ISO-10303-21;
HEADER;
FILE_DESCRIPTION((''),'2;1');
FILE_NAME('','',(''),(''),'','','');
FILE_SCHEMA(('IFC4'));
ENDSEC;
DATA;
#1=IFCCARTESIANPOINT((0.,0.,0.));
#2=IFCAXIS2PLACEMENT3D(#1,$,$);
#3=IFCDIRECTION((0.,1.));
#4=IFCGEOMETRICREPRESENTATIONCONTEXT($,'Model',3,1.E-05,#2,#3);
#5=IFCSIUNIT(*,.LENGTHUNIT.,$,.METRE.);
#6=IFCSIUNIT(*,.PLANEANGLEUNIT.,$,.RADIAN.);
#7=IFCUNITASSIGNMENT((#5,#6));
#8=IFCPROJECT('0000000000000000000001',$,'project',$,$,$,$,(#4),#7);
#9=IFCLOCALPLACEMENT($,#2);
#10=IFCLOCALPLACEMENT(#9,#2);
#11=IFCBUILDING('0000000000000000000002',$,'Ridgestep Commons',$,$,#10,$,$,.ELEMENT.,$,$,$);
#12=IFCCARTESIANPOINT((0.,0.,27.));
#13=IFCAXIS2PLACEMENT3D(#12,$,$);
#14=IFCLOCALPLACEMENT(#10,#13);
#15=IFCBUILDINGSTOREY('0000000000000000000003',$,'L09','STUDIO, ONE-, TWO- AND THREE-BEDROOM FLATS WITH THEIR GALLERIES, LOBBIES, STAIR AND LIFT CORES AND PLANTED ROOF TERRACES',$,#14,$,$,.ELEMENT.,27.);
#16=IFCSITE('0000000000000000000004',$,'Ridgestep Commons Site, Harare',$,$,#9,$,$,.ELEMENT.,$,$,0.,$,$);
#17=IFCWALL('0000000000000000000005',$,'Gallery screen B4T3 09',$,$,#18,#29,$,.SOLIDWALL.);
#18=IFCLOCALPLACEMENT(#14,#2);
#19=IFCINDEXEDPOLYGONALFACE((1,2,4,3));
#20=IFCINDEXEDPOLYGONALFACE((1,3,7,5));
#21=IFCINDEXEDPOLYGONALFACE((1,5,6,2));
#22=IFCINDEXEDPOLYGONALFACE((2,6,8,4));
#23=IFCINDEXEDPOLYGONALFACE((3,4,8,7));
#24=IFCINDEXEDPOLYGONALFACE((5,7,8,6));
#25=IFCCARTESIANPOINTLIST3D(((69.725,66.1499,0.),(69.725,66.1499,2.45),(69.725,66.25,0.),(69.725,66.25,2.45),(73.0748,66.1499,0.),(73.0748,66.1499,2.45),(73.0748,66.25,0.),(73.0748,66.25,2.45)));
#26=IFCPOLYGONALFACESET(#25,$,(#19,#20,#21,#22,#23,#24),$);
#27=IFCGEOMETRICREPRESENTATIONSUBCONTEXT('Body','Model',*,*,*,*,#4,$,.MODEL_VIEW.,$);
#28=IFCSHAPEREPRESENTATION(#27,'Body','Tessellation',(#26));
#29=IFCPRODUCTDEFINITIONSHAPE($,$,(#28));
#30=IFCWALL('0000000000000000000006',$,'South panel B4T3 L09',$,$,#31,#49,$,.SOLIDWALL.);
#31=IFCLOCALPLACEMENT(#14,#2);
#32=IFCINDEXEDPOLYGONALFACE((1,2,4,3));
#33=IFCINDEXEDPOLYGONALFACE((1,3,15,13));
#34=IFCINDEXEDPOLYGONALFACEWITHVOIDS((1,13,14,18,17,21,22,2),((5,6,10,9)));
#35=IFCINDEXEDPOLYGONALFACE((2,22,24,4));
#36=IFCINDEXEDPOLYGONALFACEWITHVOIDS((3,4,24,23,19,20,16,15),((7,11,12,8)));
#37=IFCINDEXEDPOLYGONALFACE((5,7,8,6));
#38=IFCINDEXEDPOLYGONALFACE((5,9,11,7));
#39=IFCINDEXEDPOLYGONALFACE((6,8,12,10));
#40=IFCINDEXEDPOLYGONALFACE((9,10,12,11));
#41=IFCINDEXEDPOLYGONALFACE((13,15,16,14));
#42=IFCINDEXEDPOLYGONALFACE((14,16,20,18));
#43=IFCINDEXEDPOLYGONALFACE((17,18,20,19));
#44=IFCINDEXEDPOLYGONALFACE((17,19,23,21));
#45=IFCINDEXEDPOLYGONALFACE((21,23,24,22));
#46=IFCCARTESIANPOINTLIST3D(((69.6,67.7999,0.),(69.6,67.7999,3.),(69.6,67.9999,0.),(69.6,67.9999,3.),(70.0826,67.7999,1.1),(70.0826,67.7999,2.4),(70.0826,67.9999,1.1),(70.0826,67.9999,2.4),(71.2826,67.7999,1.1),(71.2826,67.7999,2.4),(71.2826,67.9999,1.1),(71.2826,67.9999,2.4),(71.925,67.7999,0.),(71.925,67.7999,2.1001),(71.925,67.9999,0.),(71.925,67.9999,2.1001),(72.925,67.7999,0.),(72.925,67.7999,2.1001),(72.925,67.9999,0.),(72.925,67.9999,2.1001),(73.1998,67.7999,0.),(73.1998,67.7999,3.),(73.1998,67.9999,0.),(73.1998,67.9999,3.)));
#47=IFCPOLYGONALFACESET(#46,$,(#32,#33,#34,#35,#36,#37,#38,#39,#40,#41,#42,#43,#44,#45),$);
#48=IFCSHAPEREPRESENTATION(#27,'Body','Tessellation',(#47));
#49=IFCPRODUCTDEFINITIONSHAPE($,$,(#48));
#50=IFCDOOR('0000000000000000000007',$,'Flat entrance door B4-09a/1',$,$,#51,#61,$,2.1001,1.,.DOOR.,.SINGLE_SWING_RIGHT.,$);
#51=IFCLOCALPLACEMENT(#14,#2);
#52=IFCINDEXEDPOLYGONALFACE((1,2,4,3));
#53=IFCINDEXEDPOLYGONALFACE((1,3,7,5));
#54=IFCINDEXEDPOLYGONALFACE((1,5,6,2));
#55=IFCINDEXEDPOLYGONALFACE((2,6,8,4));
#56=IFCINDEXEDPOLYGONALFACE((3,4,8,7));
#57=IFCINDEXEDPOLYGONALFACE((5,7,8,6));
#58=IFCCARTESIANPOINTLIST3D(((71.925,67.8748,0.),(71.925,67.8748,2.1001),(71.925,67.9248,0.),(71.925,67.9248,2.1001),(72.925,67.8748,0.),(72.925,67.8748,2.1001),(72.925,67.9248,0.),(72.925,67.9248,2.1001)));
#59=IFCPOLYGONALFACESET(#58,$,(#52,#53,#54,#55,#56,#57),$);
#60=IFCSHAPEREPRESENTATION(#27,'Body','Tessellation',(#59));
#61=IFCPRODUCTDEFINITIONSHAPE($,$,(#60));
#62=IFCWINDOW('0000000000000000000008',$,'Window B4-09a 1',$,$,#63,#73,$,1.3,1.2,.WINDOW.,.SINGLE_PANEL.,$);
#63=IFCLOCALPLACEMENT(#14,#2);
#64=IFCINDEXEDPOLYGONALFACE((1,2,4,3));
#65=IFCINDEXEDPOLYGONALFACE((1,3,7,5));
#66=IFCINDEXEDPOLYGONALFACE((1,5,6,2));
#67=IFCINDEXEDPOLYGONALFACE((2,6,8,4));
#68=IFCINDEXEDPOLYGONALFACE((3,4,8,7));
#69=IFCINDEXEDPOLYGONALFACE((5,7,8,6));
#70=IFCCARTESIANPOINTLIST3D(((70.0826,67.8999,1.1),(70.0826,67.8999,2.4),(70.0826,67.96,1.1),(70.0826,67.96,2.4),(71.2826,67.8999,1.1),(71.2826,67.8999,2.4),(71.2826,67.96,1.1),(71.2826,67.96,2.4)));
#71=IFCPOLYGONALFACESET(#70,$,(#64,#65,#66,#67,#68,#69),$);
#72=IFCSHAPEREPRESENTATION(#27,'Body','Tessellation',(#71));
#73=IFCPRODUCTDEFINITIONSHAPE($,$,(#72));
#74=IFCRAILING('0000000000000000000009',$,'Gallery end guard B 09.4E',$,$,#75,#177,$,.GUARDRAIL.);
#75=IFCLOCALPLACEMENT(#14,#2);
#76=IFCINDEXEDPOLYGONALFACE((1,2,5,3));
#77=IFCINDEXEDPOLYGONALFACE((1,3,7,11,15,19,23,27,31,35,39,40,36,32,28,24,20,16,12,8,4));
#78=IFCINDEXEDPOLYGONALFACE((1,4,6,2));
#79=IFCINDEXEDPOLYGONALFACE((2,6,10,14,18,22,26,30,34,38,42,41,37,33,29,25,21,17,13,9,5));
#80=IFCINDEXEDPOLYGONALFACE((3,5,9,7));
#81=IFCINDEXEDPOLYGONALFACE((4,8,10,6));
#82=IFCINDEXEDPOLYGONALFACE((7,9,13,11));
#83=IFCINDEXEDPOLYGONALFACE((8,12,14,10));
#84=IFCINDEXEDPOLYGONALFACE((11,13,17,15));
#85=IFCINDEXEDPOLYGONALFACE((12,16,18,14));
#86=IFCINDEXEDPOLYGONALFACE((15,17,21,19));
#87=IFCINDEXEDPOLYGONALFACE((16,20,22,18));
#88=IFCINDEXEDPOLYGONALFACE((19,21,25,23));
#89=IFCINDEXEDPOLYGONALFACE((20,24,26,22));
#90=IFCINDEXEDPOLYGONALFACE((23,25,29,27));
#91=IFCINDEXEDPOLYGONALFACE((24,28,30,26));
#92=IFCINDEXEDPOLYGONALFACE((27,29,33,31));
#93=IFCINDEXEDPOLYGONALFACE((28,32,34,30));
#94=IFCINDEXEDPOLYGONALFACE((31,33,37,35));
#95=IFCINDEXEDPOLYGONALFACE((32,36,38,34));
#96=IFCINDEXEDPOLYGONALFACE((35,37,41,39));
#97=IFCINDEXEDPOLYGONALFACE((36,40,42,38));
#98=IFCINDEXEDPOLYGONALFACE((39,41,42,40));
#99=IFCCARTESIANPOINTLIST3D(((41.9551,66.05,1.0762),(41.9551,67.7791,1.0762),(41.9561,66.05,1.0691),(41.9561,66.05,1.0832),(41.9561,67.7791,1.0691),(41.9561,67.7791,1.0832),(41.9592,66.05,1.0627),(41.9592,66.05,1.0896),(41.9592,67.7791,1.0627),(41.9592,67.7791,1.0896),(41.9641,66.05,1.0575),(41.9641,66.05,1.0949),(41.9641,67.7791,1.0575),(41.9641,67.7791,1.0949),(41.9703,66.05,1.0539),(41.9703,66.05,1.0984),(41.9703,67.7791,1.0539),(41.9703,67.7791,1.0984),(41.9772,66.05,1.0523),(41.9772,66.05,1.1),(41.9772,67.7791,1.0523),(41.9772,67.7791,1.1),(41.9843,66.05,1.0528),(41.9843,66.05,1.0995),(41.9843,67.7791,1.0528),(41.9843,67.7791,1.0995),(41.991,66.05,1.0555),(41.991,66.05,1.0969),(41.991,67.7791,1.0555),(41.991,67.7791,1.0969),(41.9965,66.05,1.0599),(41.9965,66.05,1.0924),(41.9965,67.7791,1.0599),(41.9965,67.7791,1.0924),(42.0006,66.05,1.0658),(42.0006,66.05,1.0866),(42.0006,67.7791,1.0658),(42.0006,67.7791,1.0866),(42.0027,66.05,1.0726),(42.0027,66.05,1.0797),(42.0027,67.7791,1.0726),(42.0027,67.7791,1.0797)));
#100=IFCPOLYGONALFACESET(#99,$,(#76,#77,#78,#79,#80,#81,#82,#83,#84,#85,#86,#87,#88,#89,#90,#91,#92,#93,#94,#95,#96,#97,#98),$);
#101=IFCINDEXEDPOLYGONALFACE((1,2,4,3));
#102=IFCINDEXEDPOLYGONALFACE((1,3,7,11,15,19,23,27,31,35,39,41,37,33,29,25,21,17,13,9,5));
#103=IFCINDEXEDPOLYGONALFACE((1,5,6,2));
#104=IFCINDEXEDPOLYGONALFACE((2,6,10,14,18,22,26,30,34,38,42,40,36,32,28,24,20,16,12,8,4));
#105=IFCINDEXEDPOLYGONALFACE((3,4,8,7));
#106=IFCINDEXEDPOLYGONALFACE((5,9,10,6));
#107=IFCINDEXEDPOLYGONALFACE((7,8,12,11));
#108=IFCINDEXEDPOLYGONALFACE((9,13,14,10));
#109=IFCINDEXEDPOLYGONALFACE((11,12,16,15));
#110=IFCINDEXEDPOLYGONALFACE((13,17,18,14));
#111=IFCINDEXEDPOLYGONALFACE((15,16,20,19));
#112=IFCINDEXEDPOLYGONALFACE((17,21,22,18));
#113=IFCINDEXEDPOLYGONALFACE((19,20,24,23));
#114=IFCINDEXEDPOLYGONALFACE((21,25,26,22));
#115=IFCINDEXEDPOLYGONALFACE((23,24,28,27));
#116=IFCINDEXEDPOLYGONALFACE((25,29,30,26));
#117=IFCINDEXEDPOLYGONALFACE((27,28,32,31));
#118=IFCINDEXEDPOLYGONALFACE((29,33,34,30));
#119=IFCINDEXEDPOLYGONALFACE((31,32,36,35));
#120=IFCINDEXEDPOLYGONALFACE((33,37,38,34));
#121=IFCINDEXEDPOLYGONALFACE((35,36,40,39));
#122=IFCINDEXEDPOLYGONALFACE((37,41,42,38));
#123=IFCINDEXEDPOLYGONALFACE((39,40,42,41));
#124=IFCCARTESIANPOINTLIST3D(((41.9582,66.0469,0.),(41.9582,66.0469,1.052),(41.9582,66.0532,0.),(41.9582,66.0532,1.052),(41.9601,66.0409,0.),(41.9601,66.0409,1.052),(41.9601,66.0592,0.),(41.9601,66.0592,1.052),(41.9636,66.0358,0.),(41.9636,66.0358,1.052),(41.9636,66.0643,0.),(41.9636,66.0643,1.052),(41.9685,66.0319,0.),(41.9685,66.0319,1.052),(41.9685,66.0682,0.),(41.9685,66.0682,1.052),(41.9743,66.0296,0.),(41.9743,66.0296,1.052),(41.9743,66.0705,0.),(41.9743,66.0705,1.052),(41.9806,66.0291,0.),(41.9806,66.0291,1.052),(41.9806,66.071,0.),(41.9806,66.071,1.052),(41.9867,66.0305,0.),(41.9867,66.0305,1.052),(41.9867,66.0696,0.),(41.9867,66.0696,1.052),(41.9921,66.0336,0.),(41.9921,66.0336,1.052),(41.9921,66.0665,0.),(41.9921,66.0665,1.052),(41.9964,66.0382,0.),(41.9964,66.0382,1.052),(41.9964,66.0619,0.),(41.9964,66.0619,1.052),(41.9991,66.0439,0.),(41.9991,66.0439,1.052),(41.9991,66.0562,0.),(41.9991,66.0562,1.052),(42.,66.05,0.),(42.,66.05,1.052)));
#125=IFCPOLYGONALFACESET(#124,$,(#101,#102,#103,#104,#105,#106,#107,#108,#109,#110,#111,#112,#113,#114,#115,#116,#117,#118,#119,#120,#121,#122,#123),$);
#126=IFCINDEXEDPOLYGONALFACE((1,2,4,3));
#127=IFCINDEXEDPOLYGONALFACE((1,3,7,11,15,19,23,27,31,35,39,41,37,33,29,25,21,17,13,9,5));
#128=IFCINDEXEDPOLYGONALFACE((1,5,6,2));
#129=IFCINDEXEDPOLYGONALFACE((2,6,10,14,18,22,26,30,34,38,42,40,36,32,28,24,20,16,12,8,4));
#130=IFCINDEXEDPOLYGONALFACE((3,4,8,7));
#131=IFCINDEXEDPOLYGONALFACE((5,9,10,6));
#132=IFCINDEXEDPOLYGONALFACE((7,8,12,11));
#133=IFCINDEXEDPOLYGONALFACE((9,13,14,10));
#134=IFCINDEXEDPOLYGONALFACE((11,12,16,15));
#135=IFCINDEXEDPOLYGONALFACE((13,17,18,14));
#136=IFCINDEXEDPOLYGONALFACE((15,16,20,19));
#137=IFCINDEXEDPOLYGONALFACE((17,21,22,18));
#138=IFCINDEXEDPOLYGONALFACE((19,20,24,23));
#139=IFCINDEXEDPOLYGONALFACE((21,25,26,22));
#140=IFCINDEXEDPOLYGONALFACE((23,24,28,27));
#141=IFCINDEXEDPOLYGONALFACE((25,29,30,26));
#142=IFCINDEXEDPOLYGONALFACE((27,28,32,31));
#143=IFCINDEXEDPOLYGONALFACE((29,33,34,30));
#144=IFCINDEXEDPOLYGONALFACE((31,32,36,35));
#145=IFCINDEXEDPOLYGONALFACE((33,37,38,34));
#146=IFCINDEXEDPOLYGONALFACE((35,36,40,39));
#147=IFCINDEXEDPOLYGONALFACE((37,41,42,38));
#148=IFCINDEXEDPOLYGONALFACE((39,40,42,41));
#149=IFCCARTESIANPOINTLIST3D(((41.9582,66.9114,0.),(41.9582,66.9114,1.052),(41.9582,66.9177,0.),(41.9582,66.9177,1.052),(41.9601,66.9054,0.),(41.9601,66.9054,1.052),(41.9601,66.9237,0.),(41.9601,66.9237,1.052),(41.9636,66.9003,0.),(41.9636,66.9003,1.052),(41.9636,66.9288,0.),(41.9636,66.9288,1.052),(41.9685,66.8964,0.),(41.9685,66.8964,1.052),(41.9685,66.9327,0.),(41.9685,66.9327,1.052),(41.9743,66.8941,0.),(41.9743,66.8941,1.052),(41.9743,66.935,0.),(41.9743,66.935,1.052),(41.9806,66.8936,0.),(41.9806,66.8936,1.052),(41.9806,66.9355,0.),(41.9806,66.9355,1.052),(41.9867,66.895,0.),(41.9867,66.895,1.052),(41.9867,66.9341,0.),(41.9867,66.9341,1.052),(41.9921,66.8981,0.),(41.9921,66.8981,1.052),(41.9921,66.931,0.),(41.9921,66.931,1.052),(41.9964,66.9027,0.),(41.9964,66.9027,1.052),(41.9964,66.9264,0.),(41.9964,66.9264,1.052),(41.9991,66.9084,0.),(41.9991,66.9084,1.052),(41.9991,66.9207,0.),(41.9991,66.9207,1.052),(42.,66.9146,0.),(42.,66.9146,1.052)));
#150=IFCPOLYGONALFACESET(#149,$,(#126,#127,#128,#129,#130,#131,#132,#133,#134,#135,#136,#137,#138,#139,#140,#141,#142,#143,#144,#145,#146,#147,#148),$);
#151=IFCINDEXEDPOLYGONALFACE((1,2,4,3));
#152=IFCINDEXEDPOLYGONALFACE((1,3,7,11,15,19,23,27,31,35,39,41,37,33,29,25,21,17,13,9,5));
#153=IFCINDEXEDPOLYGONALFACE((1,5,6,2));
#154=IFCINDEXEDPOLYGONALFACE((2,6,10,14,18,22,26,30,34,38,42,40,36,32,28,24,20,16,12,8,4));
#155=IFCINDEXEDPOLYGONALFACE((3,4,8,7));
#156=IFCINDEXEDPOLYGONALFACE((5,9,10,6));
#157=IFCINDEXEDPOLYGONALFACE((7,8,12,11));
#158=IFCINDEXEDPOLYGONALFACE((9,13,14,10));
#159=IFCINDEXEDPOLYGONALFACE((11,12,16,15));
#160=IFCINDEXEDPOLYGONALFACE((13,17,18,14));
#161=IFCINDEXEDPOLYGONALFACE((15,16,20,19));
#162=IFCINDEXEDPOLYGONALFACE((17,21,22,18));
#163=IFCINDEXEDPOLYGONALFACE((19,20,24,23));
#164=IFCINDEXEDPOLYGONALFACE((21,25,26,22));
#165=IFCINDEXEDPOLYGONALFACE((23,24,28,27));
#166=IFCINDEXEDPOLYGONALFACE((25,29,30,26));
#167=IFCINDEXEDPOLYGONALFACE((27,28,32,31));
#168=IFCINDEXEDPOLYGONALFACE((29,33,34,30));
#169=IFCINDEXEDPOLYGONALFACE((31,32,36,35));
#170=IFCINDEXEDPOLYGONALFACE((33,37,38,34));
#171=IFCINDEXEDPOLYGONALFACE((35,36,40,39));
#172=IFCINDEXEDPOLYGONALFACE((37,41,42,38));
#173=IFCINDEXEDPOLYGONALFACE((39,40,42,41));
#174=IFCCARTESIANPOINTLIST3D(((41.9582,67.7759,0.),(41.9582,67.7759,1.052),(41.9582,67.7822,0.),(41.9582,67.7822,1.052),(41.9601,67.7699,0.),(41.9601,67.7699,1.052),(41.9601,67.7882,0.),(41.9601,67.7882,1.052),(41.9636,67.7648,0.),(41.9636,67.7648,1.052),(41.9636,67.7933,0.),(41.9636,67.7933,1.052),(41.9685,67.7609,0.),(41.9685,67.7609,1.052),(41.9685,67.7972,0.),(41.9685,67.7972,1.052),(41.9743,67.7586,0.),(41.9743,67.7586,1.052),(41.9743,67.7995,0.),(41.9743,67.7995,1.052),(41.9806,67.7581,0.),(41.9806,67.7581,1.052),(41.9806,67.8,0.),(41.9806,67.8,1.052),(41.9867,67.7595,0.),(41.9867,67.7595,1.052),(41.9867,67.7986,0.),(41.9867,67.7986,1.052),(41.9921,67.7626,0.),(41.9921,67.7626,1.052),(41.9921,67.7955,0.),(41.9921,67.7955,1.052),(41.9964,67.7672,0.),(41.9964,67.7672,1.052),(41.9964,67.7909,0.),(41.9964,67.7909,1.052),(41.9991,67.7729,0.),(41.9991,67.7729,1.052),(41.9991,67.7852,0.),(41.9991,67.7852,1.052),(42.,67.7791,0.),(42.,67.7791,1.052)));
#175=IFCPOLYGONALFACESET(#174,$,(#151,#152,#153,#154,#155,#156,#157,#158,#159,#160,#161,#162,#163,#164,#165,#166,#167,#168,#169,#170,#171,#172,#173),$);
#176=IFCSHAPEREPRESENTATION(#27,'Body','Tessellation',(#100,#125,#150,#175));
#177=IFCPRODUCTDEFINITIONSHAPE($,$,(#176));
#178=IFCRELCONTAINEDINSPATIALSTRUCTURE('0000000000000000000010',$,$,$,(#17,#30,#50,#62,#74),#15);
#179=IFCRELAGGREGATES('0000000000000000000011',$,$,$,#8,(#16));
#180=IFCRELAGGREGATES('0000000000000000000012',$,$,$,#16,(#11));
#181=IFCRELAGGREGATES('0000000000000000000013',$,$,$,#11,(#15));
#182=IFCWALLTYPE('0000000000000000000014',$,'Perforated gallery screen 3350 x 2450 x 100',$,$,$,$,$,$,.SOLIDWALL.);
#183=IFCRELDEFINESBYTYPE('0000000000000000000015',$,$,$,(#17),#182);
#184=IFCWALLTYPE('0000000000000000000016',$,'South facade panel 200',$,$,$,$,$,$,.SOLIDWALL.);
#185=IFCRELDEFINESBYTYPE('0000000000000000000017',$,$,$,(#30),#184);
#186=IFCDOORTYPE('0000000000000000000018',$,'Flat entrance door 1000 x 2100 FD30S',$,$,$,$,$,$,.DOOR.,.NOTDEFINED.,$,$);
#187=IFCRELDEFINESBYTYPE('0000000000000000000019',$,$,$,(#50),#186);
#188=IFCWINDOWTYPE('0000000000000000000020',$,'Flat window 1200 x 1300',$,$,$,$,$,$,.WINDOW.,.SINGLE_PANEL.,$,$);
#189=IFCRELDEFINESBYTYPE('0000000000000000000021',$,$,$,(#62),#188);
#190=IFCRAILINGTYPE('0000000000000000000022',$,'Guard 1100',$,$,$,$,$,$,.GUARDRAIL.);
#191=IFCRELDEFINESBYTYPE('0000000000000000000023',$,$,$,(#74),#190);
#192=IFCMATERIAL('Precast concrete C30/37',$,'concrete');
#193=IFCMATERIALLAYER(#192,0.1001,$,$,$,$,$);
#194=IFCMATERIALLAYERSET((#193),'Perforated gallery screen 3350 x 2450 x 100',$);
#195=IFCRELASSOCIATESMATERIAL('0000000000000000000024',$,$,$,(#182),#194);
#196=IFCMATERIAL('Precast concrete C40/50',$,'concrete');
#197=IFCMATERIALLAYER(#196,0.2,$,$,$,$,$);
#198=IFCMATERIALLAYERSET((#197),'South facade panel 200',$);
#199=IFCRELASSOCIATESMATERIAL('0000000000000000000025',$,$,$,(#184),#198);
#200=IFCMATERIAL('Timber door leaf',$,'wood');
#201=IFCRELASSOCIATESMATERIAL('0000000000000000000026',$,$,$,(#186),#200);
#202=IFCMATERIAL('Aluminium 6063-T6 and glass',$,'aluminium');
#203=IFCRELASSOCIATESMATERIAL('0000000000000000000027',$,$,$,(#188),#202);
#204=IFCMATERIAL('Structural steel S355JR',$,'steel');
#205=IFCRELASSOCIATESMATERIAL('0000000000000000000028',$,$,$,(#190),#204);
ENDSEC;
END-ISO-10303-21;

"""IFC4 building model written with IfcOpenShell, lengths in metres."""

from ifc_helpers import new_model, si_unit, direction, frame, frame_2d, origin, origin_2d, place, context, subcontext, project, spatial, rectangle, circle, extrude, material, layer, layer_set, type_object, element, fill, save


model = new_model("IFC4")

# Units and contexts
model_context = context("Model", 3, precision=1e-05, world=origin(), true_north=direction((0.0, 1.0)))
body_context = subcontext(model_context, "Body", "Model", "MODEL_VIEW")
ifc_project = project(units=[si_unit("LENGTHUNIT", "METRE"), si_unit("PLANEANGLEUNIT", "RADIAN")], contexts=[model_context])

# Site, building, storey
site_placement = place(None, origin())
site = spatial("IfcSite", under=ifc_project, at=site_placement, Name="Ridgestep Commons Site, Harare", CompositionType="ELEMENT", RefElevation=0.0)
building_placement = place(site_placement, origin())
building = spatial("IfcBuilding", under=site, at=building_placement, Name="Ridgestep Commons", CompositionType="ELEMENT")
storey_placement = place(building_placement, frame((0.0, 0.0, 27.0)))
storey = spatial("IfcBuildingStorey", under=building, at=storey_placement, Name="L09", Description="STUDIO, ONE-, TWO- AND THREE-BEDROOM FLATS WITH THEIR GALLERIES, LOBBIES, STAIR AND LIFT CORES AND PLANTED ROOF TERRACES", CompositionType="ELEMENT", Elevation=27.0)

# Wall
ifc_material_1 = material(Name="Precast concrete C30/37", Category="concrete")
ifc_layer_1 = layer(ifc_material_1, 0.1001)
ifc_layer_set_1 = layer_set([ifc_layer_1], Name="Perforated gallery screen 3350 x 2450 x 100")
wall_type_1 = type_object("IfcWallType", Name="Perforated gallery screen 3350 x 2450 x 100", PredefinedType="SOLIDWALL", material=ifc_layer_set_1)
wall_1_placement = place(storey_placement, frame((69.7251, 66.2, 0.0), z_axis=(0.0, 0.0, 1.0), x_axis=(1.0, 0.0, 0.0)))
element("IfcWall", 1, at=wall_1_placement, inside=storey, type_object=wall_type_1, Name="Gallery screen B4T3 09", PredefinedType="SOLIDWALL", context=body_context, shape_type="SweptSolid", body=[
    extrude(rectangle(XDim=3.3499, YDim=0.1001, at=frame_2d((1.6748, 0.0))), origin(), (0.0, 0.0, 1.0), 2.45),
])

# Wall, openings, door, window
ifc_material_2 = material(Name="Precast concrete C40/50", Category="concrete")
ifc_layer_2 = layer(ifc_material_2, 0.2)
ifc_layer_set_2 = layer_set([ifc_layer_2], Name="South facade panel 200")
wall_type_2 = type_object("IfcWallType", Name="South facade panel 200", PredefinedType="SOLIDWALL", material=ifc_layer_set_2)
wall_2_placement = place(storey_placement, frame((69.6001, 67.8999, 0.0), z_axis=(0.0, 0.0, 1.0), x_axis=(1.0, 0.0, 0.0)))
wall_2 = element("IfcWall", 2, at=wall_2_placement, inside=storey, type_object=wall_type_2, Name="South panel B4T3 L09", PredefinedType="SOLIDWALL", context=body_context, shape_type="SweptSolid", body=[
    extrude(rectangle(XDim=3.5999, YDim=0.2, at=frame_2d((1.7998, 0.0))), origin(), (0.0, 0.0, 1.0), 3.0),
])
opening_1_placement = place(wall_2_placement, frame((0.4824, 0.0, 1.1001)))
opening_1 = element("IfcOpeningElement", 3, at=opening_1_placement, cuts=wall_2, PredefinedType="OPENING", context=body_context, shape_type="SweptSolid", body=[
    extrude(rectangle(XDim=1.2, YDim=1.3, at=frame_2d((0.6001, 0.6499))), frame((0.0, 0.1099, 0.0), z_axis=(0.0, -1.0, 0.0), x_axis=(1.0, 0.0, 0.0)), (0.0, 0.0, 1.0), 0.22),
])
opening_2_placement = place(wall_2_placement, frame((2.325, 0.0, 0.0)))
opening_2 = element("IfcOpeningElement", 4, at=opening_2_placement, cuts=wall_2, PredefinedType="OPENING", context=body_context, shape_type="SweptSolid", body=[
    extrude(rectangle(XDim=1.0, YDim=2.1001, at=frame_2d((0.5, 1.05))), frame((0.0, 0.1099, 0.0), z_axis=(0.0, -1.0, 0.0), x_axis=(1.0, 0.0, 0.0)), (0.0, 0.0, 1.0), 0.22),
])
ifc_material_3 = material(Name="Timber door leaf", Category="wood")
door_type_1 = type_object("IfcDoorType", Name="Flat entrance door 1000 x 2100 FD30S", OperationType="NOTDEFINED", PredefinedType="DOOR", material=ifc_material_3)
door_1_placement = place(opening_2_placement, origin())
door_1 = element("IfcDoor", 5, at=door_1_placement, inside=storey, type_object=door_type_1, Name="Flat entrance door B4-09a/1", OperationType="SINGLE_SWING_RIGHT", OverallHeight=2.1001, OverallWidth=1.0, PredefinedType="DOOR", context=body_context, shape_type="SweptSolid", body=[
    extrude(rectangle(XDim=1.0, YDim=2.1001, at=frame_2d((0.5, 1.05))), frame((0.0, 0.0249, 0.0), z_axis=(0.0, -1.0, 0.0), x_axis=(1.0, 0.0, 0.0)), (0.0, 0.0, 1.0), 0.05),
])
fill(opening_2, door_1)
ifc_material_4 = material(Name="Aluminium 6063-T6 and glass", Category="aluminium")
window_type = type_object("IfcWindowType", Name="Flat window 1200 x 1300", PartitioningType="SINGLE_PANEL", PredefinedType="WINDOW", material=ifc_material_4)
window_placement = place(opening_1_placement, origin())
window = element("IfcWindow", 6, at=window_placement, inside=storey, type_object=window_type, Name="Window B4-09a 1", OverallHeight=1.3, OverallWidth=1.2, PartitioningType="SINGLE_PANEL", PredefinedType="WINDOW", context=body_context, shape_type="SweptSolid", body=[
    extrude(rectangle(XDim=1.2, YDim=1.3, at=frame_2d((0.6001, 0.6499))), frame((0.0, 0.0601, 0.0), z_axis=(0.0, -1.0, 0.0), x_axis=(1.0, 0.0, 0.0)), (0.0, 0.0, 1.0), 0.0601),
])
fill(opening_1, window)

# Railing
ifc_material_5 = material(Name="Structural steel S355JR", Category="steel")
railing_type_1 = type_object("IfcRailingType", Name="Guard 1100", PredefinedType="GUARDRAIL", material=ifc_material_5)
railing_1_placement = place(storey_placement, frame((41.979, 66.05, 0.0)))
element("IfcRailing", 7, at=railing_1_placement, inside=storey, type_object=railing_type_1, Name="Gallery end guard B 09.4E", PredefinedType="GUARDRAIL", context=body_context, shape_type="SweptSolid", body=[
    extrude(circle(Radius=0.0239, at=origin_2d()), frame((0.0, 0.0, 1.0762), z_axis=(0.0, 1.0, 0.0), x_axis=(-1.0, 0.0, 0.0)), (0.0, 0.0, 1.0), 1.729),
    extrude(circle(Radius=0.021, at=origin_2d()), origin(), (0.0, 0.0, 1.0), 1.052),
    extrude(circle(Radius=0.021, at=origin_2d()), frame((0.0, 0.8645, 0.0)), (0.0, 0.0, 1.0), 1.052),
    extrude(circle(Radius=0.021, at=origin_2d()), frame((0.0, 1.729, 0.0)), (0.0, 0.0, 1.0), 1.052),
])

save(model, "model.ifc")
